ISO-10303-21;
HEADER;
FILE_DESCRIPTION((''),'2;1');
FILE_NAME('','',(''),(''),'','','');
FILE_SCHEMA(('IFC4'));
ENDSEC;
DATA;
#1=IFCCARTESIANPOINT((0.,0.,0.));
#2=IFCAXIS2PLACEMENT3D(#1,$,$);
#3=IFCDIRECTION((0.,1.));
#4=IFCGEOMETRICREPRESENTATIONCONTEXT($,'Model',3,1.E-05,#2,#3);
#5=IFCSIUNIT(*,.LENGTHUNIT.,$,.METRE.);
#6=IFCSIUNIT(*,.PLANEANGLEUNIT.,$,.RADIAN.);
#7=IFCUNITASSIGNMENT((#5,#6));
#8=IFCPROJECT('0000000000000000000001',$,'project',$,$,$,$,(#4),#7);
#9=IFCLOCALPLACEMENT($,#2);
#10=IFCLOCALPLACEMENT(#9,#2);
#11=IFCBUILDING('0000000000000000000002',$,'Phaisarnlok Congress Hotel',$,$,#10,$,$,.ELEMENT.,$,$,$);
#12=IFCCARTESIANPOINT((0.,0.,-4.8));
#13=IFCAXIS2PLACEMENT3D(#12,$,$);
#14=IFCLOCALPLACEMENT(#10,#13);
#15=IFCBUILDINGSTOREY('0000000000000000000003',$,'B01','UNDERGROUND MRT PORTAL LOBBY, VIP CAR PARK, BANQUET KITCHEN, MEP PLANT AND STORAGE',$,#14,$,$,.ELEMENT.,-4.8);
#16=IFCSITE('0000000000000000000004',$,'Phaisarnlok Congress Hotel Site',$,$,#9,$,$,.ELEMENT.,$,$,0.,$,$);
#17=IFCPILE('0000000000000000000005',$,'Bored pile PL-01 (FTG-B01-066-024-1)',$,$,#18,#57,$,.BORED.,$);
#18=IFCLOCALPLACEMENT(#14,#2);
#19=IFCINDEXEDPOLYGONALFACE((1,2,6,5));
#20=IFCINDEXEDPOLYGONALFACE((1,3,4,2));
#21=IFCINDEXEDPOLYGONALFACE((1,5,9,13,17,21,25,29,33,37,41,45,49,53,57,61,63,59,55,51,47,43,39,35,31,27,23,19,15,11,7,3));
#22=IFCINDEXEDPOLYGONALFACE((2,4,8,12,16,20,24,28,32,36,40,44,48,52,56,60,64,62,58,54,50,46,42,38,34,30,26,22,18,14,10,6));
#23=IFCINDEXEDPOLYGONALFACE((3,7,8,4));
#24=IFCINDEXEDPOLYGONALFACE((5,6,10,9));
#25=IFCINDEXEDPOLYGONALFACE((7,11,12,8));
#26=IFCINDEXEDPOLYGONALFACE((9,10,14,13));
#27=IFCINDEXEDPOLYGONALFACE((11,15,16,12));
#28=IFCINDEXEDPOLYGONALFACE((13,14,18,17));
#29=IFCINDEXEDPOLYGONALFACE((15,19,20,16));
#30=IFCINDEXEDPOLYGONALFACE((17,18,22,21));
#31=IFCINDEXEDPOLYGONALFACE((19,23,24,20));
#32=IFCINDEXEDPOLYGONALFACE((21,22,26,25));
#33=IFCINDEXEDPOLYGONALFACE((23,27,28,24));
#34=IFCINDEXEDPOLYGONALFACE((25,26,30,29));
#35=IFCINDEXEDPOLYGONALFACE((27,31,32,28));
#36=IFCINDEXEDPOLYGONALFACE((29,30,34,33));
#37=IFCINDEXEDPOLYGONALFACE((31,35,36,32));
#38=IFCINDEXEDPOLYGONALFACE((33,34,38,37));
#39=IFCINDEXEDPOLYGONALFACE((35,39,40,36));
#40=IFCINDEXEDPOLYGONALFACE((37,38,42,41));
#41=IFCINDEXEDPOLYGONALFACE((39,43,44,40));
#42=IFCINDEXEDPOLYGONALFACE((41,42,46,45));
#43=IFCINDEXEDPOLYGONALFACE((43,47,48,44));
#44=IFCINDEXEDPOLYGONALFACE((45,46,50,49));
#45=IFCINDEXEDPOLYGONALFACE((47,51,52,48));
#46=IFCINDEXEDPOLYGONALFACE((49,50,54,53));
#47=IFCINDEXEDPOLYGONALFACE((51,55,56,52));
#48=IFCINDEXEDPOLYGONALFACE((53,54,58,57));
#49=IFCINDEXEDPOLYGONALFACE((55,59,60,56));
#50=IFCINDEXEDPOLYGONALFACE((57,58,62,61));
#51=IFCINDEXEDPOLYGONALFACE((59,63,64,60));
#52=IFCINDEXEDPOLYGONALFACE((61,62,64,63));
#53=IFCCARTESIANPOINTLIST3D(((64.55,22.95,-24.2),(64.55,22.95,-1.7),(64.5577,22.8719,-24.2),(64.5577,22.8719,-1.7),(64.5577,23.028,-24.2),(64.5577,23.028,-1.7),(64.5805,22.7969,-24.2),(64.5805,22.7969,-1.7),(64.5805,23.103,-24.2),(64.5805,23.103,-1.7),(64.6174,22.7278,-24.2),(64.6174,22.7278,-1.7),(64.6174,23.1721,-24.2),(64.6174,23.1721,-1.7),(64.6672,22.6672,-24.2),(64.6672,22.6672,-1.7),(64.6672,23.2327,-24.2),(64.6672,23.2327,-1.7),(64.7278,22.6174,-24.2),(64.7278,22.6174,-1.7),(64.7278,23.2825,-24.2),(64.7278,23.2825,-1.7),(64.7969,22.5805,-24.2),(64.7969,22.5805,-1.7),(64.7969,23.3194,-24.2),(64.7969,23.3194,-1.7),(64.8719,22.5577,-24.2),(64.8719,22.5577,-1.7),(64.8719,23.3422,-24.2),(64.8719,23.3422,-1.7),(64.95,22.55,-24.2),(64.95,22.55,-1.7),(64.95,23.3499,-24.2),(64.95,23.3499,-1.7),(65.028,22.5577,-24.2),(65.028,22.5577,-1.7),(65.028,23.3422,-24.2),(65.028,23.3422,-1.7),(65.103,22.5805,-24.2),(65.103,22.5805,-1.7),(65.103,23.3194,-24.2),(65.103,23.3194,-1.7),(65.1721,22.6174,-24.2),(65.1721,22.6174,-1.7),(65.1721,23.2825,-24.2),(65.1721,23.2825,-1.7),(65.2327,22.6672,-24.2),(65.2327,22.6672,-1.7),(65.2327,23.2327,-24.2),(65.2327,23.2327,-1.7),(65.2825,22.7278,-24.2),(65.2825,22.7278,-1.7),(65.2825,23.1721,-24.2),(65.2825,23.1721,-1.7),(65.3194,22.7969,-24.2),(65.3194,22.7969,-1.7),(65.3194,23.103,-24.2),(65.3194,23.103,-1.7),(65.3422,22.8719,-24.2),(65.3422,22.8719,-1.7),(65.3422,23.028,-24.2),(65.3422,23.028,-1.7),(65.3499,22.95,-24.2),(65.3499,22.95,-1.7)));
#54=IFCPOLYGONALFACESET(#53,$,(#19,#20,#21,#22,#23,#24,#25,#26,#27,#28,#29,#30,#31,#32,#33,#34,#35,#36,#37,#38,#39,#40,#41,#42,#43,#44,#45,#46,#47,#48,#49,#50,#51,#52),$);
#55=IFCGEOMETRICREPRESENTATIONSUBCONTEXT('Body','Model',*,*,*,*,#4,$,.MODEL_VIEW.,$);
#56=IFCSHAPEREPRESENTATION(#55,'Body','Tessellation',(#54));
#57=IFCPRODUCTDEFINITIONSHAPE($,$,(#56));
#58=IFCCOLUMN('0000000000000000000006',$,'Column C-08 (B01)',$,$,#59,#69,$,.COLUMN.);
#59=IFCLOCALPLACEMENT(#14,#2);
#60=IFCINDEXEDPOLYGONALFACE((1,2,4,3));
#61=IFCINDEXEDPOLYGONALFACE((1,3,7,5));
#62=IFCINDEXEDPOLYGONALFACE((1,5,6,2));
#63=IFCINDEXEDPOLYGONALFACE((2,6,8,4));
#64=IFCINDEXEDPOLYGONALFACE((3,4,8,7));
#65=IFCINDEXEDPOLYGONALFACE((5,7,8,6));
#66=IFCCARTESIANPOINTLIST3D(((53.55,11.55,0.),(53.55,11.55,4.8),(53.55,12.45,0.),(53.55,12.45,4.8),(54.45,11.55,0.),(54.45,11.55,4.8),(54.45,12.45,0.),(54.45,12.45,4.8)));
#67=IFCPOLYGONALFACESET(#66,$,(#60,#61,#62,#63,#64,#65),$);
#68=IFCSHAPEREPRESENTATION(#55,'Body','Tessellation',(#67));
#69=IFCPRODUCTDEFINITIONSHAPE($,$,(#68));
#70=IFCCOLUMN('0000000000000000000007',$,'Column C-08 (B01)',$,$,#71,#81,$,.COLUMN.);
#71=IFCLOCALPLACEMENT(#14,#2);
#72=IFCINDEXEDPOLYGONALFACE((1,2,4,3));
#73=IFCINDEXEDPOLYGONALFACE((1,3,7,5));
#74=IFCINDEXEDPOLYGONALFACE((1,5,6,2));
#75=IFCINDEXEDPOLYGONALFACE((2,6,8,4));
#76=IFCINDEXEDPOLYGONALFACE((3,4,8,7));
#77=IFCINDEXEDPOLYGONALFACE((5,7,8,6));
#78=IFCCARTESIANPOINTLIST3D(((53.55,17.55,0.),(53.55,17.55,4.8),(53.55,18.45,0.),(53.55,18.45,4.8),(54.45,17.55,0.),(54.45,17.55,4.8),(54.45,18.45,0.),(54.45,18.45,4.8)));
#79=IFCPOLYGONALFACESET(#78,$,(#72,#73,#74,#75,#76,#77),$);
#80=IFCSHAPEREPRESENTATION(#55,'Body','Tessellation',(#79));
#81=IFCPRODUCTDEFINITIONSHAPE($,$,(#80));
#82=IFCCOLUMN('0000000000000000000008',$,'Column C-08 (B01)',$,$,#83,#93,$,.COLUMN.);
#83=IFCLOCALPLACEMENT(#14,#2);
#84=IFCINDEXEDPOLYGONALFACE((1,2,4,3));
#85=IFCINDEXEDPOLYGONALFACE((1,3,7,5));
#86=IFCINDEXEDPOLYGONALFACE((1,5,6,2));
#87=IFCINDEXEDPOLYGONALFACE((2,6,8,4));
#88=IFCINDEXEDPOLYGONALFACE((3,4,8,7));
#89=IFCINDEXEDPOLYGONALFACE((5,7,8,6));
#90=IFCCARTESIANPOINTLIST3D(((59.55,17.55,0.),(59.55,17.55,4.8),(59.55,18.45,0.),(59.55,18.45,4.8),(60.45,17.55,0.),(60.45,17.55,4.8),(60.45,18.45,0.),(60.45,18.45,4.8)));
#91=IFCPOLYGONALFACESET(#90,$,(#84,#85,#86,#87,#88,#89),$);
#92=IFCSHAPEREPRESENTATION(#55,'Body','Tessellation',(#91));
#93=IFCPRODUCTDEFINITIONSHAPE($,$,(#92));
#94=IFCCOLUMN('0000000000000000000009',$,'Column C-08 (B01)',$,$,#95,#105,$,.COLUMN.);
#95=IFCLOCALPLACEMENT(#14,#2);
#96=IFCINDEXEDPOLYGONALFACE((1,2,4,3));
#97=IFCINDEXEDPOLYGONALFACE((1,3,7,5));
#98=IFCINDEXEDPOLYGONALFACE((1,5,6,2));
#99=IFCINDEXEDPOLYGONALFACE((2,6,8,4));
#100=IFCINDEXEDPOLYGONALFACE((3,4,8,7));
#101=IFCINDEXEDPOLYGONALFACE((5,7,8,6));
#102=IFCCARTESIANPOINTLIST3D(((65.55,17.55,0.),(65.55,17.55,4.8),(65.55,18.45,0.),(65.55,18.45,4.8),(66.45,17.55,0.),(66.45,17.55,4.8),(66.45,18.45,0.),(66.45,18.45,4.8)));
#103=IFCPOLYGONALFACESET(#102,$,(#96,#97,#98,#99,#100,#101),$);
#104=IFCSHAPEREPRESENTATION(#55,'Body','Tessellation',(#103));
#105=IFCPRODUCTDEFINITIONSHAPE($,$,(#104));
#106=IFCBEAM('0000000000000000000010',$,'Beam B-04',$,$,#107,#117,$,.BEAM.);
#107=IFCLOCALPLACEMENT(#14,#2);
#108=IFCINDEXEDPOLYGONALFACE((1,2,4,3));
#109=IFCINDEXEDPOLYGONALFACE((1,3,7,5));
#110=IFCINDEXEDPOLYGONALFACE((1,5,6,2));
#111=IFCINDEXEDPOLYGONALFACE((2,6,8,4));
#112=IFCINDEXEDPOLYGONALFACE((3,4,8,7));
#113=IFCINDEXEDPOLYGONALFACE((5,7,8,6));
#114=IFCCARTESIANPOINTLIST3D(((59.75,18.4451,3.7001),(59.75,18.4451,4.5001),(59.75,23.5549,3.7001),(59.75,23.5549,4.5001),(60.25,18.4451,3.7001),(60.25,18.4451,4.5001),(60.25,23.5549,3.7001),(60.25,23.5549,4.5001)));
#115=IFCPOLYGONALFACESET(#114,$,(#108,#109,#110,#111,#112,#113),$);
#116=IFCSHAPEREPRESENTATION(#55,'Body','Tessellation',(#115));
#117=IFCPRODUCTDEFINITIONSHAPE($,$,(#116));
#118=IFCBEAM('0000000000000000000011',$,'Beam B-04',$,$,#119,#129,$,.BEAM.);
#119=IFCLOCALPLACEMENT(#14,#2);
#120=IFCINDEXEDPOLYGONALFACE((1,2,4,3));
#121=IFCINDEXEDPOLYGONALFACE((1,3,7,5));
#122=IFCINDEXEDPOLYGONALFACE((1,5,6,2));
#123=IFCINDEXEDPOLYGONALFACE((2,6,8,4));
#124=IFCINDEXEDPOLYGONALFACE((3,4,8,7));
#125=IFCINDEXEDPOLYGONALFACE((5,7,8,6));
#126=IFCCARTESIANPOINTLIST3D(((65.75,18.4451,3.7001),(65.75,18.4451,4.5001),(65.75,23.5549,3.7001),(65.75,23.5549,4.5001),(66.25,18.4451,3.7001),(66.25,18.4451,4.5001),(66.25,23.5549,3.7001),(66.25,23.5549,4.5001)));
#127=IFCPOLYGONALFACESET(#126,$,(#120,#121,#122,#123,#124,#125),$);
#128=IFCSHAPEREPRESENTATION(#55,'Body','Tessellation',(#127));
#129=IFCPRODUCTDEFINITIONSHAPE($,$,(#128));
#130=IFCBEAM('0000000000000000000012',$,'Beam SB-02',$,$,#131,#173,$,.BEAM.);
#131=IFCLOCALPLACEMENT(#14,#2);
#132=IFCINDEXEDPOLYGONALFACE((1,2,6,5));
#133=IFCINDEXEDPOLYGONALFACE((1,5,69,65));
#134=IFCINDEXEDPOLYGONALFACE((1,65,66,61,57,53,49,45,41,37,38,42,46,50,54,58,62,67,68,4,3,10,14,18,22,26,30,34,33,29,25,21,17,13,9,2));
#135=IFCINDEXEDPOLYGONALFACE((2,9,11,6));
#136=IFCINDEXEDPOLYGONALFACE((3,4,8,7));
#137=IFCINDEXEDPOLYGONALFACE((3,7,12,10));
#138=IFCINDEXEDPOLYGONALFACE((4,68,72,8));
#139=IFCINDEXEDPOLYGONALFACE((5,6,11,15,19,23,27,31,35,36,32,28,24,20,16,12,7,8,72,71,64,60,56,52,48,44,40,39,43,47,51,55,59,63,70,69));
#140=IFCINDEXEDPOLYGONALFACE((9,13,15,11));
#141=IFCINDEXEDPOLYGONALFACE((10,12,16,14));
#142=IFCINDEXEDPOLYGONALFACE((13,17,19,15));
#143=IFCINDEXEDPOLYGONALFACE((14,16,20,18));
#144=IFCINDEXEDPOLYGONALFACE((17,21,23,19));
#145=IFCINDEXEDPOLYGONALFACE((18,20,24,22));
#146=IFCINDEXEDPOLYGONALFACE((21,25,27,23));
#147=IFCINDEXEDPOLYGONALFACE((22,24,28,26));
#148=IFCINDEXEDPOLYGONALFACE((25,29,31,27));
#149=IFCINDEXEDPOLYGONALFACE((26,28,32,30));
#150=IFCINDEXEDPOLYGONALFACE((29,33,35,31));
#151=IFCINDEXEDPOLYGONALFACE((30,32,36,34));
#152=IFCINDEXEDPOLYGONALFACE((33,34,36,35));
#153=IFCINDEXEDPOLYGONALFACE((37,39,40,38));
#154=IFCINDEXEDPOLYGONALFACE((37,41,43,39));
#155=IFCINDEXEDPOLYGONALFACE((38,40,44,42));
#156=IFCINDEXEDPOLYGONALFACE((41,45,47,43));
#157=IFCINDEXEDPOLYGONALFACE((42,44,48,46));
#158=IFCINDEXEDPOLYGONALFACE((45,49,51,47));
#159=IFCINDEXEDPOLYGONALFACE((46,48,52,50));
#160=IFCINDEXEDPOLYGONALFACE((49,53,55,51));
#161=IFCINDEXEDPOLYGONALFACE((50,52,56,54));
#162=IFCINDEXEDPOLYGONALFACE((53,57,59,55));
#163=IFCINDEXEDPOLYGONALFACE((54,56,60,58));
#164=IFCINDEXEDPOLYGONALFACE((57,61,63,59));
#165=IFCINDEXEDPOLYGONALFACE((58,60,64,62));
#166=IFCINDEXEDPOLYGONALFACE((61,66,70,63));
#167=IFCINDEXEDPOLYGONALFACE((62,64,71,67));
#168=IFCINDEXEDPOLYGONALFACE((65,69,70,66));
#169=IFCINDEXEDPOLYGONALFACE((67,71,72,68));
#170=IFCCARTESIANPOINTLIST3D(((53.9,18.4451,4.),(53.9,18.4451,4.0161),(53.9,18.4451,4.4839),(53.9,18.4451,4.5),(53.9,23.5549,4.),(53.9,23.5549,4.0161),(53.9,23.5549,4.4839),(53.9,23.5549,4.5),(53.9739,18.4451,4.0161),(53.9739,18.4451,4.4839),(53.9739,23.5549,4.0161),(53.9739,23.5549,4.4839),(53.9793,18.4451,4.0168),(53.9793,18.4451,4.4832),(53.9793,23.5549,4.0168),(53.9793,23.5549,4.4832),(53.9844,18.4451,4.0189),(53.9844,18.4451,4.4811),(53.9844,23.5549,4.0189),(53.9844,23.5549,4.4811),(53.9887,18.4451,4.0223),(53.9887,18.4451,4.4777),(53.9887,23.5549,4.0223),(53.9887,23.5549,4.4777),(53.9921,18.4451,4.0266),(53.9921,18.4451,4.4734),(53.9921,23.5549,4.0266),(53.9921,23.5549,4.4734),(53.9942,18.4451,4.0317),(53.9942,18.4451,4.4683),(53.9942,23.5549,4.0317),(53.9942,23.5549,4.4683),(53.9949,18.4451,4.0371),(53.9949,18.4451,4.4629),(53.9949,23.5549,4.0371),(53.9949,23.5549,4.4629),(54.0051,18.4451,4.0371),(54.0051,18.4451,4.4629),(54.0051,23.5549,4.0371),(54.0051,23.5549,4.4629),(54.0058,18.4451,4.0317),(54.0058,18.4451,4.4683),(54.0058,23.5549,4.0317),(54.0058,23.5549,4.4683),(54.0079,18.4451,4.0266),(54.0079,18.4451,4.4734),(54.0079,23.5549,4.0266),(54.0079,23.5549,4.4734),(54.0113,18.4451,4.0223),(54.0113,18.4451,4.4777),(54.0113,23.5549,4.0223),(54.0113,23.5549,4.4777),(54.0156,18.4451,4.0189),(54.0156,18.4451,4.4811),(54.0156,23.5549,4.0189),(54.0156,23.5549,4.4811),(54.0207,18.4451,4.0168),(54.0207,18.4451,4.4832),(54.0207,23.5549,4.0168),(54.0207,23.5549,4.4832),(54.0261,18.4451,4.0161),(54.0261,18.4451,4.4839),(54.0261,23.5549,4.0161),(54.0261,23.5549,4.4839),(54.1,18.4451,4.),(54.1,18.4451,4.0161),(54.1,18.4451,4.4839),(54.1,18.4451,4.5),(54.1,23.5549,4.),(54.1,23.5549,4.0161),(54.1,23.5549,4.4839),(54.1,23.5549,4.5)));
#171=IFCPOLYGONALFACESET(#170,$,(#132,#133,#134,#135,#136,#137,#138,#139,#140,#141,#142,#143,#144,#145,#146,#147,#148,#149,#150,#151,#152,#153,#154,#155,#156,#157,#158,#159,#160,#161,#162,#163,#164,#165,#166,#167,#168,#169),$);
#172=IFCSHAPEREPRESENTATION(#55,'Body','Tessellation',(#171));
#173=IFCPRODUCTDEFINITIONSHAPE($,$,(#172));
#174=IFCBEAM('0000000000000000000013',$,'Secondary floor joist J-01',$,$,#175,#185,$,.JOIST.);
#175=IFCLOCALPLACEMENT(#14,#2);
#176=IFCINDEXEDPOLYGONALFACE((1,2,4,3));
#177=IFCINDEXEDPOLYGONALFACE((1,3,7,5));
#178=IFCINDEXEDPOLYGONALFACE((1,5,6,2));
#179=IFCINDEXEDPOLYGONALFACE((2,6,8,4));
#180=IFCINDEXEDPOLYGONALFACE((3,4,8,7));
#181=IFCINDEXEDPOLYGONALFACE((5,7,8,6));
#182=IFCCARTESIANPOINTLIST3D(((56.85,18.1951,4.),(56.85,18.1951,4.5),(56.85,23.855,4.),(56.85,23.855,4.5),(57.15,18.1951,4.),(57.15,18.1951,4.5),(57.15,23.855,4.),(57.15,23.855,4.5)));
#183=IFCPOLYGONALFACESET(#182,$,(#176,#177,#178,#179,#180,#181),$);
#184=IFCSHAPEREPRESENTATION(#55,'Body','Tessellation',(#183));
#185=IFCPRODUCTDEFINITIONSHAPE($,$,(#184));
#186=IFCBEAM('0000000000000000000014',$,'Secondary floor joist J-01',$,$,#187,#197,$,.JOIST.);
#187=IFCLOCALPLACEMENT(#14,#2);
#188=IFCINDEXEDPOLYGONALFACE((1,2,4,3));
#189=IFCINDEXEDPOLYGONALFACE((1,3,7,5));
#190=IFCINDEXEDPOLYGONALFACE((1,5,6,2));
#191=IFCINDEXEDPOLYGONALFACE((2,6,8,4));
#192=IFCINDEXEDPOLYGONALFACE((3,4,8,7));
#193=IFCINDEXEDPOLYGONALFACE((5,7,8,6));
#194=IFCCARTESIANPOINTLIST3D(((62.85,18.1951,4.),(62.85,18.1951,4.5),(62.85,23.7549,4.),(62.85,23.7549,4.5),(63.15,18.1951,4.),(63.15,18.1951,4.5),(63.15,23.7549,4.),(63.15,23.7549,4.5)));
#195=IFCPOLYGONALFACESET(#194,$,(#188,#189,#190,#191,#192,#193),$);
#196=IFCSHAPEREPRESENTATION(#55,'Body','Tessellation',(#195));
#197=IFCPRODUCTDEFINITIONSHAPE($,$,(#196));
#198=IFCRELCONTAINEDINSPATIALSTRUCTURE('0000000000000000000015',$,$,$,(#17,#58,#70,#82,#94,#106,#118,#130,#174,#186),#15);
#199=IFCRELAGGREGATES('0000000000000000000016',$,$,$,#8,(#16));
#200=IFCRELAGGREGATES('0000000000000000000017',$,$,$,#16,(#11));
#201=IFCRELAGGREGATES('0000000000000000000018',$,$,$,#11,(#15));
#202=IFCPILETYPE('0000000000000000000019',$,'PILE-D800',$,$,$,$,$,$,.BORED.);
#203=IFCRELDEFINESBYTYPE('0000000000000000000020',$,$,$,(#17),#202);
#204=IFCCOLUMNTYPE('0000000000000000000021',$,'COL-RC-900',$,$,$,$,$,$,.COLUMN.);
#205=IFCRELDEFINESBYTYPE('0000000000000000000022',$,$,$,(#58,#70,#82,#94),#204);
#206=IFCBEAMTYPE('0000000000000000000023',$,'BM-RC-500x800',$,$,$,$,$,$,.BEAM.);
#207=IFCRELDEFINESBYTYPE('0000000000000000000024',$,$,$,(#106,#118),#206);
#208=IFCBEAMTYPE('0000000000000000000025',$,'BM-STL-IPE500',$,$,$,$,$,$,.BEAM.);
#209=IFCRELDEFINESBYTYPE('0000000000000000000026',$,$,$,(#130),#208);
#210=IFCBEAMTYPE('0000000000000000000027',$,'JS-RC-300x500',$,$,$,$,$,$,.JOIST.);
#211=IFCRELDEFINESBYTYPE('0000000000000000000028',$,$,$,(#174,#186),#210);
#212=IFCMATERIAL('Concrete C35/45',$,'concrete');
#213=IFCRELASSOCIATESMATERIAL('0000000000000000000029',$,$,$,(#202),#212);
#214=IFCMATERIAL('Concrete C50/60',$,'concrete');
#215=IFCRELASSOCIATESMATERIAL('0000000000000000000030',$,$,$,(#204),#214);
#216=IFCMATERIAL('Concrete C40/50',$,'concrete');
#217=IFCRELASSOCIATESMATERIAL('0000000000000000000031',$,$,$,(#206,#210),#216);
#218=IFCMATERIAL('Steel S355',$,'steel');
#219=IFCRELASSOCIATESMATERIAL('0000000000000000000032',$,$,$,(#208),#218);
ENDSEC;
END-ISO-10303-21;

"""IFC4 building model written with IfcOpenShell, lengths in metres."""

from ifc_helpers import new_model, si_unit, direction, frame, origin, origin_2d, place, context, subcontext, project, spatial, rectangle, circle, i_section, extrude, material, material_profile, profile_set, type_object, element, save


model = new_model("IFC4")

# Units and contexts
model_context = context("Model", 3, precision=1e-05, world=origin(), true_north=direction((0.0, 1.0)))
body_context = subcontext(model_context, "Body", "Model", "MODEL_VIEW")
ifc_project = project(units=[si_unit("LENGTHUNIT", "METRE"), si_unit("PLANEANGLEUNIT", "RADIAN")], contexts=[model_context])

# Site, building, storey
site_placement = place(None, origin())
site = spatial("IfcSite", under=ifc_project, at=site_placement, Name="Phaisarnlok Congress Hotel Site", CompositionType="ELEMENT", RefElevation=0.0)
building_placement = place(site_placement, origin())
building = spatial("IfcBuilding", under=site, at=building_placement, Name="Phaisarnlok Congress Hotel", CompositionType="ELEMENT")
storey_placement = place(building_placement, frame((0.0, 0.0, -4.8)))
storey = spatial("IfcBuildingStorey", under=building, at=storey_placement, Name="B01", Description="UNDERGROUND MRT PORTAL LOBBY, VIP CAR PARK, BANQUET KITCHEN, MEP PLANT AND STORAGE", CompositionType="ELEMENT", Elevation=-4.8)

# Shared definitions
ifc_material_1 = material(Name="Concrete C40/50", Category="concrete")

# Pile
ifc_material_2 = material(Name="Concrete C35/45", Category="concrete")
ifc_material_profile_1 = material_profile(ifc_material_2, circle(Radius=0.3999, at=origin_2d()), Name="BORED PILE D800")
ifc_profile_set_1 = profile_set([ifc_material_profile_1], Name="Concrete C35/45")
pile_type_1 = type_object("IfcPileType", Name="PILE-D800", PredefinedType="BORED", material=ifc_profile_set_1)
pile_placement = place(storey_placement, frame((64.95, 22.95, -1.7), z_axis=(0.0, 0.0, -1.0), x_axis=(1.0, 0.0, 0.0)))
element("IfcPile", 1, at=pile_placement, inside=storey, type_object=pile_type_1, Name="Bored pile PL-01 (FTG-B01-066-024-1)", PredefinedType="BORED", context=body_context, shape_type="SweptSolid", body=[
    extrude(circle(Radius=0.3999, at=origin_2d()), origin(), (0.0, 0.0, 1.0), 22.5),
])

# Columns
ifc_material_3 = material(Name="Concrete C50/60", Category="concrete")
ifc_material_profile_2 = material_profile(ifc_material_3, rectangle(XDim=0.8999, YDim=0.8999, at=origin_2d()), Name="RC 900x900")
ifc_profile_set_2 = profile_set([ifc_material_profile_2], Name="Concrete C50/60")
column_type = type_object("IfcColumnType", Name="COL-RC-900", PredefinedType="COLUMN", material=ifc_profile_set_2)
for number, where, z_axis, x_axis, name in (
    (2, (54.0, 12.0, 0.0), (0.0, 0.0, 1.0), (1.0, 0.0, 0.0), "Column C-08 (B01)"),
    (3, (54.0, 18.0, 0.0), (0.0, 0.0, 1.0), (1.0, 0.0, 0.0), "Column C-08 (B01)"),
    (4, (60.0, 18.0, 0.0), (0.0, 0.0, 1.0), (1.0, 0.0, 0.0), "Column C-08 (B01)"),
    (5, (66.0, 18.0, 0.0), (0.0, 0.0, 1.0), (1.0, 0.0, 0.0), "Column C-08 (B01)"),
):
    element("IfcColumn", number, at=place(storey_placement, frame(where, z_axis=z_axis, x_axis=x_axis)), inside=storey, type_object=column_type, Name=name, PredefinedType="COLUMN", context=body_context, shape_type="SweptSolid", body=[
        extrude(rectangle(XDim=0.8999, YDim=0.8999, at=origin_2d()), origin(), (0.0, 0.0, 1.0), 4.8),
    ])

# Beams
ifc_material_profile_3 = material_profile(ifc_material_1, rectangle(XDim=0.5, YDim=0.8, at=origin_2d()), Name="RC 500x800")
ifc_profile_set_3 = profile_set([ifc_material_profile_3], Name="Concrete C40/50")
beam_type_1 = type_object("IfcBeamType", Name="BM-RC-500x800", PredefinedType="BEAM", material=ifc_profile_set_3)
for number, where, z_axis, x_axis, name in (
    (6, (60.0, 18.4451, 4.1001), (0.0, 1.0, 0.0), (-1.0, 0.0, 0.0), "Beam B-04"),
    (7, (66.0, 18.4451, 4.1001), (0.0, 1.0, 0.0), (-1.0, 0.0, 0.0), "Beam B-04"),
):
    element("IfcBeam", number, at=place(storey_placement, frame(where, z_axis=z_axis, x_axis=x_axis)), inside=storey, type_object=beam_type_1, Name=name, PredefinedType="BEAM", context=body_context, shape_type="SweptSolid", body=[
        extrude(rectangle(XDim=0.5, YDim=0.8, at=origin_2d()), origin(), (0.0, 0.0, 1.0), 5.1099),
    ])
ifc_material_4 = material(Name="Steel S355", Category="steel")
ifc_material_profile_4 = material_profile(ifc_material_4, i_section(OverallWidth=0.2, OverallDepth=0.5, WebThickness=0.0103, FlangeThickness=0.0161, FilletRadius=0.021, at=origin_2d()), Name="IPE 500")
ifc_profile_set_4 = profile_set([ifc_material_profile_4], Name="Steel S355")
beam_type_2 = type_object("IfcBeamType", Name="BM-STL-IPE500", PredefinedType="BEAM", material=ifc_profile_set_4)
beam_1_placement = place(storey_placement, frame((54.0, 18.4451, 4.25), z_axis=(0.0, 1.0, 0.0), x_axis=(-1.0, 0.0, 0.0)))
element("IfcBeam", 8, at=beam_1_placement, inside=storey, type_object=beam_type_2, Name="Beam SB-02", PredefinedType="BEAM", context=body_context, shape_type="SweptSolid", body=[
    extrude(i_section(OverallWidth=0.2, OverallDepth=0.5, WebThickness=0.0103, FlangeThickness=0.0161, FilletRadius=0.021, at=origin_2d()), origin(), (0.0, 0.0, 1.0), 5.1099),
])
ifc_material_profile_5 = material_profile(ifc_material_1, rectangle(XDim=0.3, YDim=0.5, at=origin_2d()), Name="RC 300x500")
ifc_profile_set_5 = profile_set([ifc_material_profile_5], Name="Concrete C40/50")
beam_type_3 = type_object("IfcBeamType", Name="JS-RC-300x500", PredefinedType="JOIST", material=ifc_profile_set_5)
beam_2_placement = place(storey_placement, frame((57.0, 18.1951, 4.25), z_axis=(0.0, 1.0, 0.0), x_axis=(-1.0, 0.0, 0.0)))
element("IfcBeam", 9, at=beam_2_placement, inside=storey, type_object=beam_type_3, Name="Secondary floor joist J-01", PredefinedType="JOIST", context=body_context, shape_type="SweptSolid", body=[
    extrude(rectangle(XDim=0.3, YDim=0.5, at=origin_2d()), origin(), (0.0, 0.0, 1.0), 5.6599),
])
beam_3_placement = place(storey_placement, frame((63.0, 18.1951, 4.25), z_axis=(0.0, 1.0, 0.0), x_axis=(-1.0, 0.0, 0.0)))
element("IfcBeam", 10, at=beam_3_placement, inside=storey, type_object=beam_type_3, Name="Secondary floor joist J-01", PredefinedType="JOIST", context=body_context, shape_type="SweptSolid", body=[
    extrude(rectangle(XDim=0.3, YDim=0.5, at=origin_2d()), origin(), (0.0, 0.0, 1.0), 5.5598),
])

save(model, "model.ifc")
